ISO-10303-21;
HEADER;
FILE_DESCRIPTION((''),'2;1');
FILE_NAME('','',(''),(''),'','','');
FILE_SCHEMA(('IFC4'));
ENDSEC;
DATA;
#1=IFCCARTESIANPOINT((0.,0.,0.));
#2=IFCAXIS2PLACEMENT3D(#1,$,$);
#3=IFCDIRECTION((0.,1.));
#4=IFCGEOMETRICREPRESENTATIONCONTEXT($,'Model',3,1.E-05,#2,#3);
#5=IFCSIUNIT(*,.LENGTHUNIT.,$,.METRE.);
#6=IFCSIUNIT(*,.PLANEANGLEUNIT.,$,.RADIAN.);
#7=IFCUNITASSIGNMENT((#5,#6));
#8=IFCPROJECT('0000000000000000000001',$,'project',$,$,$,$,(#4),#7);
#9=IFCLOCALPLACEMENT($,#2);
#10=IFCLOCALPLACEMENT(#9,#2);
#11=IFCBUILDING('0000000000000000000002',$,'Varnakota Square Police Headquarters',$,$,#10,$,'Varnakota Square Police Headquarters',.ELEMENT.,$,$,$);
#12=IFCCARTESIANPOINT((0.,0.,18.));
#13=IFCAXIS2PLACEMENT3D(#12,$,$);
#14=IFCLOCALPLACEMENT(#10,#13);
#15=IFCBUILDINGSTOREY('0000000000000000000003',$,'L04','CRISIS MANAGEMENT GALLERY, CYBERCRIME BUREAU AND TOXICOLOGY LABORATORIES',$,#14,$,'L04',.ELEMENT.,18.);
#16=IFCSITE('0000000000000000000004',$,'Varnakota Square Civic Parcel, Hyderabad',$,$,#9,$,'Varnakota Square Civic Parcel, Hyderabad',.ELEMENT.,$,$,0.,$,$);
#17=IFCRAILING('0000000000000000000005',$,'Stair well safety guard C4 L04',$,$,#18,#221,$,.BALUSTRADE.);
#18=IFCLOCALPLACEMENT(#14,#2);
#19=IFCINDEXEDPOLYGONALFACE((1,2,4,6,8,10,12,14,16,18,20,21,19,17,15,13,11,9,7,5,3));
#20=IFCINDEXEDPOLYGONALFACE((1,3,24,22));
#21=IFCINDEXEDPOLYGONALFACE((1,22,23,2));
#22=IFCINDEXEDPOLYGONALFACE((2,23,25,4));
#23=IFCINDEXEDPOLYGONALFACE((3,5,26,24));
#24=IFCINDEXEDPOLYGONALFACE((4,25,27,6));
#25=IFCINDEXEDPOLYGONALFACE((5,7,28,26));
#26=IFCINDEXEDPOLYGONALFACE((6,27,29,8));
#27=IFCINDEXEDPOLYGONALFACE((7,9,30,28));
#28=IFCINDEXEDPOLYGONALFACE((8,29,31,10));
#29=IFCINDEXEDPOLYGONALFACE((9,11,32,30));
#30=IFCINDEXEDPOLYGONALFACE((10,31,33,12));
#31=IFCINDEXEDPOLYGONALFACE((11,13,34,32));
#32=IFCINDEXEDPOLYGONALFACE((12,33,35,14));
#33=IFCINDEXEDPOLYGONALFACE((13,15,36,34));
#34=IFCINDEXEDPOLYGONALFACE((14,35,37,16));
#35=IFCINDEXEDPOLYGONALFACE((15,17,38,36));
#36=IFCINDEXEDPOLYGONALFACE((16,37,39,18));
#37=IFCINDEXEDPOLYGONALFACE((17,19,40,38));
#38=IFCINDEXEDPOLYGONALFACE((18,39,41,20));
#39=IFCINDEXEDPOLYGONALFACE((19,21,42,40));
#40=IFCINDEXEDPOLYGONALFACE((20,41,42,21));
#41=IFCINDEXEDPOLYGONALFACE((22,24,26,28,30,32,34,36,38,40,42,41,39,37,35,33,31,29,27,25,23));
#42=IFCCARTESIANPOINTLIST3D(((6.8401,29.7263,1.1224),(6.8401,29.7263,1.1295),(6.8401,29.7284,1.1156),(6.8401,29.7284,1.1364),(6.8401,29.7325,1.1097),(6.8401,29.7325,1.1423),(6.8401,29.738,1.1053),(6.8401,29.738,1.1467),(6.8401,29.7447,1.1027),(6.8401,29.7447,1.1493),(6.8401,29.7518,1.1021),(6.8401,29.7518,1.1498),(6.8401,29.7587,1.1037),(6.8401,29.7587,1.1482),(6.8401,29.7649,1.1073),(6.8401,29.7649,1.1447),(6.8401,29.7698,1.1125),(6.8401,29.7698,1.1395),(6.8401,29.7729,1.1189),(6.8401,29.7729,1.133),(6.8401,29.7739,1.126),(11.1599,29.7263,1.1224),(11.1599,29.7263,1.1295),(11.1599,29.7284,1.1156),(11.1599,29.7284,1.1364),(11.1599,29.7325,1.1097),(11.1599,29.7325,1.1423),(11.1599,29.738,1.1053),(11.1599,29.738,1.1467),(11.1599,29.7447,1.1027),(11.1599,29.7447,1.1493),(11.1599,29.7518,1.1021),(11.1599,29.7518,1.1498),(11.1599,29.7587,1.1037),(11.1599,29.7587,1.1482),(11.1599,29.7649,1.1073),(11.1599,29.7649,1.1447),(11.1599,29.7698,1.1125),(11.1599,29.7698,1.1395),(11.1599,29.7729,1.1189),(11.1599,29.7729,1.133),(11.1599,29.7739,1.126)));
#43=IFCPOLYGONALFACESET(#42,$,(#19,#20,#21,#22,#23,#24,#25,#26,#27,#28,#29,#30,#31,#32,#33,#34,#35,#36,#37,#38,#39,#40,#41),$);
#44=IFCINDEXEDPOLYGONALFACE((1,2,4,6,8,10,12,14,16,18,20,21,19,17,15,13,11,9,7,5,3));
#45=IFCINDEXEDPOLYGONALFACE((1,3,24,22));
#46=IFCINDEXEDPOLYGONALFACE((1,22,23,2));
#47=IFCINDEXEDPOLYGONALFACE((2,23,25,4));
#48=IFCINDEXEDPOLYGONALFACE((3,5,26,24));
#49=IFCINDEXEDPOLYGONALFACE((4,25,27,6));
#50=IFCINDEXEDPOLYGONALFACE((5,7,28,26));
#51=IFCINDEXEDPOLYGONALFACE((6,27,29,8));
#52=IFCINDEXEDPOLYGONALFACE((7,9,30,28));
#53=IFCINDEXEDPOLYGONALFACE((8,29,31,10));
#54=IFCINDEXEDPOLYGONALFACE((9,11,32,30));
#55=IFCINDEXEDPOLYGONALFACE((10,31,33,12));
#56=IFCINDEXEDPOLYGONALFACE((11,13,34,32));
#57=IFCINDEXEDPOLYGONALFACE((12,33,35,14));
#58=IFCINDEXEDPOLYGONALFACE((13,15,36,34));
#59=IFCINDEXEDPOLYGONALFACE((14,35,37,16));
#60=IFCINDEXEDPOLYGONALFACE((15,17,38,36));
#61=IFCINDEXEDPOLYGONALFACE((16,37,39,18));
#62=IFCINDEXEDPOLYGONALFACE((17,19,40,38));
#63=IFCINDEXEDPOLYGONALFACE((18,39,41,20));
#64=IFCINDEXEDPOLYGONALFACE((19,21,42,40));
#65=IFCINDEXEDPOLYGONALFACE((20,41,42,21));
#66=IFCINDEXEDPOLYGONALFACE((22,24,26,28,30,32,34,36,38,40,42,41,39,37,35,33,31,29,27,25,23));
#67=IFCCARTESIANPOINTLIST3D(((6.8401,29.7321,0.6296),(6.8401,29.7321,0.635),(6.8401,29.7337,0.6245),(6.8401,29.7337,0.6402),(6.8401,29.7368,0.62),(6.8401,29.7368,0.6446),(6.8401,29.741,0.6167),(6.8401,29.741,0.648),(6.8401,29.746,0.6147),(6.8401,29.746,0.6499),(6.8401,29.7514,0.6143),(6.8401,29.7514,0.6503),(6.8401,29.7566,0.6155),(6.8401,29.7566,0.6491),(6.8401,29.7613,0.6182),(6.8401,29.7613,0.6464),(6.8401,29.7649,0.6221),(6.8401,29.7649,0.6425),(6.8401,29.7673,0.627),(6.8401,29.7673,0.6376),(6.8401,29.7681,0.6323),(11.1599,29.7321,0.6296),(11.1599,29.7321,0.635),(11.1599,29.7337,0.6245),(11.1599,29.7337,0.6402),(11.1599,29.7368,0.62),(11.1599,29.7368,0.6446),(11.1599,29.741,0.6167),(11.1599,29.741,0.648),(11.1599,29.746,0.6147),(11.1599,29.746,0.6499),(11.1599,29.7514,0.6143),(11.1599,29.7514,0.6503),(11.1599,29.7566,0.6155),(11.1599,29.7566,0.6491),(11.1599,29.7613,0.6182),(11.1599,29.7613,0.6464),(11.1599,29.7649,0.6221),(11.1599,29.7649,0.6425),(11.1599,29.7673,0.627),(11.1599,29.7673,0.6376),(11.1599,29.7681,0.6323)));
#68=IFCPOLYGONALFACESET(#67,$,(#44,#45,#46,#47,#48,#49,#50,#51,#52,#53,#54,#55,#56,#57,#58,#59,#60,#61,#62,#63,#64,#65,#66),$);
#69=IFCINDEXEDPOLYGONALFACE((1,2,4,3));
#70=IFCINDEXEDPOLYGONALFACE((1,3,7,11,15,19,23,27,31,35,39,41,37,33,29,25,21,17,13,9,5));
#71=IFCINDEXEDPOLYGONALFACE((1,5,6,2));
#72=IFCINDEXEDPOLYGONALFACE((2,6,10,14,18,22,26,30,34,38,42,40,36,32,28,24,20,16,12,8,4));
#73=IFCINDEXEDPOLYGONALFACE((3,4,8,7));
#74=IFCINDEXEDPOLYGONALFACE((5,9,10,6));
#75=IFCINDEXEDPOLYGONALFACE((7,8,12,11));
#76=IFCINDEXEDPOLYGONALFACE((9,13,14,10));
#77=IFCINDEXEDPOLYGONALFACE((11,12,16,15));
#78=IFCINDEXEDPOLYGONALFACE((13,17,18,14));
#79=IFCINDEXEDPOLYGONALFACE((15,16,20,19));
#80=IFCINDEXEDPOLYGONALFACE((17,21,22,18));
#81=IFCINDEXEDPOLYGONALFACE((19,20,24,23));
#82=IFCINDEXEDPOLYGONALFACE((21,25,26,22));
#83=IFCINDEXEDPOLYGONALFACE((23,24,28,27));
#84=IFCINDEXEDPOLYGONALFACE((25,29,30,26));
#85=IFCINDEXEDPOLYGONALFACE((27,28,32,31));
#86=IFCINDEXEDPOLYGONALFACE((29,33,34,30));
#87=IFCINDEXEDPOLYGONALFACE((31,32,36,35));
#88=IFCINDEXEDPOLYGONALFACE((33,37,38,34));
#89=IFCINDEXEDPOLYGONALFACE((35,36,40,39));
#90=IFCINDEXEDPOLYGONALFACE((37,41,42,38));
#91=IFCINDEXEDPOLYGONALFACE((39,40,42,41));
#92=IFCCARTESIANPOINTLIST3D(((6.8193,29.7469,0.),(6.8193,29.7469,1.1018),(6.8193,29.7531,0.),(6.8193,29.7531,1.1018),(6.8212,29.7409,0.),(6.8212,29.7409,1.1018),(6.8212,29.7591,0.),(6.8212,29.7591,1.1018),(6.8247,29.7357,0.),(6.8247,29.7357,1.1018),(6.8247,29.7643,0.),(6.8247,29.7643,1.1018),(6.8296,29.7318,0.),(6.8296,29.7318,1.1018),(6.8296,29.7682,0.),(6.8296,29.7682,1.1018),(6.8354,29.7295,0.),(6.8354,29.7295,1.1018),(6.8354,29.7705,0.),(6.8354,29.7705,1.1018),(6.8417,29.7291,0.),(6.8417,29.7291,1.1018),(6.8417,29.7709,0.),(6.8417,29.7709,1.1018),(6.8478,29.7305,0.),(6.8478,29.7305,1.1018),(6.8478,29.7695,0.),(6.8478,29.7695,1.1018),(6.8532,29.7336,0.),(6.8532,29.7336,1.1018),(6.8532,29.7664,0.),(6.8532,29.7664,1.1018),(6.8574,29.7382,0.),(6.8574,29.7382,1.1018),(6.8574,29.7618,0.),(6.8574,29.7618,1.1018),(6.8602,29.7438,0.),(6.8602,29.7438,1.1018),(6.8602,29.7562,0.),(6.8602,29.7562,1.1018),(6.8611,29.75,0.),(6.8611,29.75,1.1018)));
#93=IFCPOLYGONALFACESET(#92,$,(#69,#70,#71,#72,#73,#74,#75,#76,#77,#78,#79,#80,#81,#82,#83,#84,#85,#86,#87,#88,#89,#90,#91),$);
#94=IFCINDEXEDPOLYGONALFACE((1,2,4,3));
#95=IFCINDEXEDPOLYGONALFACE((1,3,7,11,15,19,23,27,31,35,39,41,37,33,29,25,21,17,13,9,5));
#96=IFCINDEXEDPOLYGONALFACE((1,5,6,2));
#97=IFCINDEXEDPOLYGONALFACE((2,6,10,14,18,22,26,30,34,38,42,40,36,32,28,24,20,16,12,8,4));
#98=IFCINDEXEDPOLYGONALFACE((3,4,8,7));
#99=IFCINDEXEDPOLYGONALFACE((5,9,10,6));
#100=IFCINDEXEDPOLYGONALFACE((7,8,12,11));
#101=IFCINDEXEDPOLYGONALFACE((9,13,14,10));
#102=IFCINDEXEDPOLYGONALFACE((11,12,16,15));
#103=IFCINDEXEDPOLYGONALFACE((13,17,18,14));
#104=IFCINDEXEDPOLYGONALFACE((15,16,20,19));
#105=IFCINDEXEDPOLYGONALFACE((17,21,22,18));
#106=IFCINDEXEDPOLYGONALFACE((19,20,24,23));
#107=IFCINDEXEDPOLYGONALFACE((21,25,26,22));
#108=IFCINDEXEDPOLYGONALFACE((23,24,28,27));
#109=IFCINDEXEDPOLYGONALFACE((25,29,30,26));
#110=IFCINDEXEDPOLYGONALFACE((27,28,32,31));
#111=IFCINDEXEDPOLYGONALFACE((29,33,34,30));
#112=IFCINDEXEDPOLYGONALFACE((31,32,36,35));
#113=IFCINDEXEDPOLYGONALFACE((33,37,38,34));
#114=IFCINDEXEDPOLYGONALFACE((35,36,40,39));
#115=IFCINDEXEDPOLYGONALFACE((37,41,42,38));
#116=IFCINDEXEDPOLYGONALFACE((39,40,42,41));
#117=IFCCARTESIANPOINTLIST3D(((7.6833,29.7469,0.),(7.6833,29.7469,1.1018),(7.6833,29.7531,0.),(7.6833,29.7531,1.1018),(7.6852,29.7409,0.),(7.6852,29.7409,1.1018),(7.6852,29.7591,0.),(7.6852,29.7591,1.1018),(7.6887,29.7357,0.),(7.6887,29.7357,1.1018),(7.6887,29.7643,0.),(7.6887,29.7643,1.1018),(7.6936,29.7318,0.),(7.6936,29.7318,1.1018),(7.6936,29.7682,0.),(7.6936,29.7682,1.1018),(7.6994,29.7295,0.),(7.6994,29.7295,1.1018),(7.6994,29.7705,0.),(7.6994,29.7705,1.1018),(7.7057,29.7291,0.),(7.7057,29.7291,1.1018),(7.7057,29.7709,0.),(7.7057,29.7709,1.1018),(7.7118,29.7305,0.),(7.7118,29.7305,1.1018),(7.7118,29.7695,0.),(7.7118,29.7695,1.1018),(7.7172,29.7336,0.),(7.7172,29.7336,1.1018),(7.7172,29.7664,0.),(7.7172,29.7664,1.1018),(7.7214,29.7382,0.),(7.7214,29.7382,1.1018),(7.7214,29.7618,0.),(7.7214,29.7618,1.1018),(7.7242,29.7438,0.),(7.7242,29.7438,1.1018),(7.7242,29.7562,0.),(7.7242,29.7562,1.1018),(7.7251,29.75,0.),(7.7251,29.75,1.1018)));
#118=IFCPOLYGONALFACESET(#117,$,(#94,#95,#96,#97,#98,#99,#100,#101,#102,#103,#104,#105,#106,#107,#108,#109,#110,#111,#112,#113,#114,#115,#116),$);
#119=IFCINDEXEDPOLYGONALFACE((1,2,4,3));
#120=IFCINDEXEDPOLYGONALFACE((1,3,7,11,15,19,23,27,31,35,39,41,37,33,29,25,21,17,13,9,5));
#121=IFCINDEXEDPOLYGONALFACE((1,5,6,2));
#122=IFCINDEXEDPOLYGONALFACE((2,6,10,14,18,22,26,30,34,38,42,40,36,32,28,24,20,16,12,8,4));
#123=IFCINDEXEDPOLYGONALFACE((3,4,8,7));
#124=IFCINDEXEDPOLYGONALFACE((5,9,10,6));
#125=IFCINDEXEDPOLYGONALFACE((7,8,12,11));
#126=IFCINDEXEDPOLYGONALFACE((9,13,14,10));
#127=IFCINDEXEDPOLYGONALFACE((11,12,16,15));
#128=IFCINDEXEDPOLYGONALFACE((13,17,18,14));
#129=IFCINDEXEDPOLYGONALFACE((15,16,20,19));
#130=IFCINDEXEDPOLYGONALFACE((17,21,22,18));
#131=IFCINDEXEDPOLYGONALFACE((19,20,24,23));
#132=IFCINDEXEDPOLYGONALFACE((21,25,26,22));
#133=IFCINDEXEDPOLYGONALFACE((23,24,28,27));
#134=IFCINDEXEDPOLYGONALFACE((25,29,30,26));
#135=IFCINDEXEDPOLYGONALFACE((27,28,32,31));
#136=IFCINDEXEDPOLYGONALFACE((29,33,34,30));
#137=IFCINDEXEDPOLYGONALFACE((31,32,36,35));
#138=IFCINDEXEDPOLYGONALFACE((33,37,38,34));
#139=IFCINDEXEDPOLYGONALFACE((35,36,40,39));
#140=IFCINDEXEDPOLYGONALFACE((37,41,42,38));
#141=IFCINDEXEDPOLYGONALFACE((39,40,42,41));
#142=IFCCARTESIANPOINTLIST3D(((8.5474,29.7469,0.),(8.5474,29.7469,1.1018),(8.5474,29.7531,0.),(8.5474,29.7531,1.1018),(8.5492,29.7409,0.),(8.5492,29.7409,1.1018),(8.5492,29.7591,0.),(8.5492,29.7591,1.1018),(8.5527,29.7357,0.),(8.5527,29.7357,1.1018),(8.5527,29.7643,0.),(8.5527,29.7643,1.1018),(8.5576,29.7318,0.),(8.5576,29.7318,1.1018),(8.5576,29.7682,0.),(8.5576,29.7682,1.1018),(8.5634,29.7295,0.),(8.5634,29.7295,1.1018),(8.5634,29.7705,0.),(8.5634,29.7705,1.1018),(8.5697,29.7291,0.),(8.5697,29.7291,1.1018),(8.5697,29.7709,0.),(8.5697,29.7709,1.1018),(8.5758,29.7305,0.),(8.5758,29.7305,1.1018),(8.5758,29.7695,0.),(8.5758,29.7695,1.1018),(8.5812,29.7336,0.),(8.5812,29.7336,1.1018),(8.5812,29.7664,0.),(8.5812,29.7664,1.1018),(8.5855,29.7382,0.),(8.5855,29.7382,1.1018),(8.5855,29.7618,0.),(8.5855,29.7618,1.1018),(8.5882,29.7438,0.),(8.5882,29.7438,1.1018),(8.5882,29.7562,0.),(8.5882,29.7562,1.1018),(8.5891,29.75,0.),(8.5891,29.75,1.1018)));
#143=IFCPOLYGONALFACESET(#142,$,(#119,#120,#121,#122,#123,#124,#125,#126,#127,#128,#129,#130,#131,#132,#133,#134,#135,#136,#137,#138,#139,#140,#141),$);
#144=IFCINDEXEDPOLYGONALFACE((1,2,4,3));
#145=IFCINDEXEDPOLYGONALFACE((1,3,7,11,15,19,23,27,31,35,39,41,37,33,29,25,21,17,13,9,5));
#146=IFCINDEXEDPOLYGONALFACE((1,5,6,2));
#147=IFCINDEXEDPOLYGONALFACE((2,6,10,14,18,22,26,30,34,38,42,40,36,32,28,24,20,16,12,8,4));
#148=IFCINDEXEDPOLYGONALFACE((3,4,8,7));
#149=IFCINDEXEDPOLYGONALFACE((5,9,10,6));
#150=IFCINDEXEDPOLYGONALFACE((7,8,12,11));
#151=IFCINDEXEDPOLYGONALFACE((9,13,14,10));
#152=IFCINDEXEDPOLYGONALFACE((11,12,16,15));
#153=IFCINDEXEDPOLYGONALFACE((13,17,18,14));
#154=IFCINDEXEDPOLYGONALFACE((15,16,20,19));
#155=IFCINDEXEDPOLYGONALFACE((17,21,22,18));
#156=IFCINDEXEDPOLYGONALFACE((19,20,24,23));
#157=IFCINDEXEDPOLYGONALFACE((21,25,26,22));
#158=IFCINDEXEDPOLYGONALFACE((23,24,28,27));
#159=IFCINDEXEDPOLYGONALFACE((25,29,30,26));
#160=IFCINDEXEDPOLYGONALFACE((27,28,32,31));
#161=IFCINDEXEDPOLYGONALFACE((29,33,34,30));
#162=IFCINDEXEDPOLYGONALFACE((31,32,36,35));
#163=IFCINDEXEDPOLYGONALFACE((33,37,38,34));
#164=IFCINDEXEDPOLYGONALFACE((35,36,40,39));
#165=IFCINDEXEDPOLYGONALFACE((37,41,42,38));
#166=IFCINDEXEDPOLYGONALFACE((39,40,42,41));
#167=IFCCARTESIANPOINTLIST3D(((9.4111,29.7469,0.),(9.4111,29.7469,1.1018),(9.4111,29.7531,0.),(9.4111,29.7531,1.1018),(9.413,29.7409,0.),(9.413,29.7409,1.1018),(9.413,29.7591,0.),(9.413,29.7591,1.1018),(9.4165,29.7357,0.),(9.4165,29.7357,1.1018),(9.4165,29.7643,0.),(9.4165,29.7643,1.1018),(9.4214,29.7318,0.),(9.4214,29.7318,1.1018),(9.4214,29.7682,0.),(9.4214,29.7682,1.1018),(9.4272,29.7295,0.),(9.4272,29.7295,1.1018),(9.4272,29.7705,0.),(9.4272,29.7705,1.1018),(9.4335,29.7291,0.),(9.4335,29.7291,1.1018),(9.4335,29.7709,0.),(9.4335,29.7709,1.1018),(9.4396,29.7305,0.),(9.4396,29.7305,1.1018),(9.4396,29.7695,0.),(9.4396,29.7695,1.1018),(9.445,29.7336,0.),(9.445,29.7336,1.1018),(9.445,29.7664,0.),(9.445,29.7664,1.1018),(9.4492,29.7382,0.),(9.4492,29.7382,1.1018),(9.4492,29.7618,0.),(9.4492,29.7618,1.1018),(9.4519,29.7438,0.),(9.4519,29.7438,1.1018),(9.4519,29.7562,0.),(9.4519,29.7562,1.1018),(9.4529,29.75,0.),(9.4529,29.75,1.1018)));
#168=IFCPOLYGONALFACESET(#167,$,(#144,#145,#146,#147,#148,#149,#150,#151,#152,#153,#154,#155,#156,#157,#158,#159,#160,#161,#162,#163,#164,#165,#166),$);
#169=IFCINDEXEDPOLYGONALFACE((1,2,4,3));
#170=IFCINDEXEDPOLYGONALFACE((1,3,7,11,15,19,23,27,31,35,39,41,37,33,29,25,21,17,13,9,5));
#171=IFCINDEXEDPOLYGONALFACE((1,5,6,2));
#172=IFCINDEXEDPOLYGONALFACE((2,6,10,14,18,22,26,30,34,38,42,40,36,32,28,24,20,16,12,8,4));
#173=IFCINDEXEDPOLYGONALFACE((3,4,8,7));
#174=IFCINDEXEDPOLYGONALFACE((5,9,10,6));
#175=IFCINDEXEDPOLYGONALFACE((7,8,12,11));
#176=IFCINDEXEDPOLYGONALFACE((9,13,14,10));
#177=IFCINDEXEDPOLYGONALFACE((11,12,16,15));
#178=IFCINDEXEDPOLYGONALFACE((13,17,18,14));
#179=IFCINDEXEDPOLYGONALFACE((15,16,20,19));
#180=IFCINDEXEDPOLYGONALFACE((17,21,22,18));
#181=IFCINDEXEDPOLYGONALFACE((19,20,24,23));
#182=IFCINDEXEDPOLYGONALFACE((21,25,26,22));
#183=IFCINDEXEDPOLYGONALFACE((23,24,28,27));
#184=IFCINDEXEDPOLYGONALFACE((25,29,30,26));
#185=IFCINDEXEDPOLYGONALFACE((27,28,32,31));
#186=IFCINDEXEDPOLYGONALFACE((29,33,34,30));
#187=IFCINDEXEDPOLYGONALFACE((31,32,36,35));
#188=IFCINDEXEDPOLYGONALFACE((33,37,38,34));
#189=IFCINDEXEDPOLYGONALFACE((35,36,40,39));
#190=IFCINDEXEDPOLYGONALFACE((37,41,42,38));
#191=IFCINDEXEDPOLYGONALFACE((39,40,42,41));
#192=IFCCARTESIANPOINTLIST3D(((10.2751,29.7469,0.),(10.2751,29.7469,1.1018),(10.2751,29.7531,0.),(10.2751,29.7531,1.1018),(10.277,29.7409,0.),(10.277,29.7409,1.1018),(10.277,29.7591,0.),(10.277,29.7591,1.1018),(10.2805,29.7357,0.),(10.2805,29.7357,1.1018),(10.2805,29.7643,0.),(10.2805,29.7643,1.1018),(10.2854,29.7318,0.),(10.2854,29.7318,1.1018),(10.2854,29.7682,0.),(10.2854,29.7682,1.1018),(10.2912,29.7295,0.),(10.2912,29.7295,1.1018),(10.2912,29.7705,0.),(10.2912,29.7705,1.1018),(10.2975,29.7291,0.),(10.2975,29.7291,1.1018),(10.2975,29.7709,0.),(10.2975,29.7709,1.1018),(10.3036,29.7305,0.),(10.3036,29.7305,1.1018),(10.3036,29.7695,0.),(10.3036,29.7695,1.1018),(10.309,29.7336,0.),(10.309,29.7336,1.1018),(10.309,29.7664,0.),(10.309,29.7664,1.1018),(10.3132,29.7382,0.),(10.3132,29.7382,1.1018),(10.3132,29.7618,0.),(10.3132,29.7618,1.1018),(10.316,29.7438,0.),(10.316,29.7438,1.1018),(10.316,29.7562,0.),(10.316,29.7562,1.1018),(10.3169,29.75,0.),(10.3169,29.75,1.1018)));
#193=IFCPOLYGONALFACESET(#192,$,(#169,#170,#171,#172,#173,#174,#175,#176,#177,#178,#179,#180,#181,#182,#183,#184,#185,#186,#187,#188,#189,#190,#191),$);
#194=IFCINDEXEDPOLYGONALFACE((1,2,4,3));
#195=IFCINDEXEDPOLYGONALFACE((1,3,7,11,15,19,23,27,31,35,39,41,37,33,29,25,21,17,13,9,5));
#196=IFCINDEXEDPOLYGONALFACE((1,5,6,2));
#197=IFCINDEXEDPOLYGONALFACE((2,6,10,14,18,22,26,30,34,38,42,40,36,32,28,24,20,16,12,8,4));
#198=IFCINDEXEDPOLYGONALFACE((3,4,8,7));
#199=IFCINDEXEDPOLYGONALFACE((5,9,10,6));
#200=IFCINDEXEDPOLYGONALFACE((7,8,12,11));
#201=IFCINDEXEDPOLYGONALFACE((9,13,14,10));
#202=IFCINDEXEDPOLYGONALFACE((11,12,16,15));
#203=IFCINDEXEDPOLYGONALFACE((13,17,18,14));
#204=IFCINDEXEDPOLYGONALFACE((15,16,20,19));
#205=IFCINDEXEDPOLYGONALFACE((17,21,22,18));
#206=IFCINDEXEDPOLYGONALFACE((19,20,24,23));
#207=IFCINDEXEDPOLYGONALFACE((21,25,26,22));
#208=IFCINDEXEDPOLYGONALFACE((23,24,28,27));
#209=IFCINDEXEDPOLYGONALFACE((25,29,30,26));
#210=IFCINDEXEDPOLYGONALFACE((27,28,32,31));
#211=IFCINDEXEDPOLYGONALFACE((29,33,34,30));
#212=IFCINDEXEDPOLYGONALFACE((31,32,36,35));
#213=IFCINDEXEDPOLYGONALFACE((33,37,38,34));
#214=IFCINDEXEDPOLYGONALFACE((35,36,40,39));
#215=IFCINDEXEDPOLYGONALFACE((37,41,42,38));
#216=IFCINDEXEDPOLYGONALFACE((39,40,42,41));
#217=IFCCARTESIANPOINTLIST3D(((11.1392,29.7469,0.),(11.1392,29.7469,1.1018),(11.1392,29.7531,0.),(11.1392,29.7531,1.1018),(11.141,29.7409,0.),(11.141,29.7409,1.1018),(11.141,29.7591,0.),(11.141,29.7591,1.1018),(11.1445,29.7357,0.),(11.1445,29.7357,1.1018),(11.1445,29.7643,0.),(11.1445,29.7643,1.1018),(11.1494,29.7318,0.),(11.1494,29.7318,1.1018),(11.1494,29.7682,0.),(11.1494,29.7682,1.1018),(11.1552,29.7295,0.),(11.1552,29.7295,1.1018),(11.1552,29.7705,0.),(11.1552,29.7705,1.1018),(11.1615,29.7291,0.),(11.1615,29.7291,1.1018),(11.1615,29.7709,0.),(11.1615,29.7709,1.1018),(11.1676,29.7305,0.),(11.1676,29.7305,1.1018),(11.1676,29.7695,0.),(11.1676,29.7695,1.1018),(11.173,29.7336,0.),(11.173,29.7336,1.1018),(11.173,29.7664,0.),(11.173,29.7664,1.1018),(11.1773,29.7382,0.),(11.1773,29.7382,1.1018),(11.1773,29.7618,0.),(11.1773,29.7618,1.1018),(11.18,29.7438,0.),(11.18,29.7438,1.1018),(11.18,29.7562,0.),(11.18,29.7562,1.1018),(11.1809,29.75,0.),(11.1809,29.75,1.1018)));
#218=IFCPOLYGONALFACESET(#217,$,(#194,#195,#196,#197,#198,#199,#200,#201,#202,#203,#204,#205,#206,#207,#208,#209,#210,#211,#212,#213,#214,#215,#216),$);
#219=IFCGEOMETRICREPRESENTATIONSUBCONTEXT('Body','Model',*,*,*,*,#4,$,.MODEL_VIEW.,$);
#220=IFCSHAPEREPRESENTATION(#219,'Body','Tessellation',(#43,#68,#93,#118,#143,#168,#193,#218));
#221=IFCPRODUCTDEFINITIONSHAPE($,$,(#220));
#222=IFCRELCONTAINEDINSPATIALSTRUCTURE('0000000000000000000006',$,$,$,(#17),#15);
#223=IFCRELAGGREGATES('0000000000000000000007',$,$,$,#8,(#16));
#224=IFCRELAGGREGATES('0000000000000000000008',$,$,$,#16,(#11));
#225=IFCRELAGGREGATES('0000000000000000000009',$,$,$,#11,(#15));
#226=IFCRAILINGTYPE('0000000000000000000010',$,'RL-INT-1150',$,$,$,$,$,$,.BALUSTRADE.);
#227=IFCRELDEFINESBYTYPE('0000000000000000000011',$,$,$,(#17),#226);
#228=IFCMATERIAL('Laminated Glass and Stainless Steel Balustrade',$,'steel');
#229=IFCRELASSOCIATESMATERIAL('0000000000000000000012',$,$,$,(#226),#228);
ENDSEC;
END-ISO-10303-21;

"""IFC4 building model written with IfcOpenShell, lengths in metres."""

from ifc_helpers import new_model, si_unit, direction, frame, origin, origin_2d, place, context, subcontext, project, spatial, circle, extrude, material, type_object, element, save


model = new_model("IFC4")

# Units and contexts
model_context = context("Model", 3, precision=1e-05, world=origin(), true_north=direction((0.0, 1.0)))
body_context = subcontext(model_context, "Body", "Model", "MODEL_VIEW")
ifc_project = project(units=[si_unit("LENGTHUNIT", "METRE"), si_unit("PLANEANGLEUNIT", "RADIAN")], contexts=[model_context])

# Site, building, storey
site_placement = place(None, origin())
site = spatial("IfcSite", under=ifc_project, at=site_placement, Name="Varnakota Square Civic Parcel, Hyderabad", LongName="Varnakota Square Civic Parcel, Hyderabad", CompositionType="ELEMENT", RefElevation=0.0)
building_placement = place(site_placement, origin())
building = spatial("IfcBuilding", under=site, at=building_placement, Name="Varnakota Square Police Headquarters", LongName="Varnakota Square Police Headquarters", CompositionType="ELEMENT")
storey_placement = place(building_placement, frame((0.0, 0.0, 18.0)))
storey = spatial("IfcBuildingStorey", under=building, at=storey_placement, Name="L04", Description="CRISIS MANAGEMENT GALLERY, CYBERCRIME BUREAU AND TOXICOLOGY LABORATORIES", LongName="L04", CompositionType="ELEMENT", Elevation=18.0)

# Railing
ifc_material_1 = material(Name="Laminated Glass and Stainless Steel Balustrade", Category="steel")
railing_type_1 = type_object("IfcRailingType", Name="RL-INT-1150", PredefinedType="BALUSTRADE", material=ifc_material_1)
railing_1_placement = place(storey_placement, frame((6.8401, 29.75, 0.0)))
element("IfcRailing", 1, at=railing_1_placement, inside=storey, type_object=railing_type_1, Name="Stair well safety guard C4 L04", PredefinedType="BALUSTRADE", context=body_context, shape_type="SweptSolid", body=[
    extrude(circle(Radius=0.0239, at=origin_2d()), frame((0.0, 0.0, 1.126), z_axis=(1.0, 0.0, 0.0), x_axis=(0.0, 1.0, 0.0)), (0.0, 0.0, 1.0), 4.3198),
    extrude(circle(Radius=0.0181, at=origin_2d()), frame((0.0, 0.0, 0.6323), z_axis=(1.0, 0.0, 0.0), x_axis=(0.0, 1.0, 0.0)), (0.0, 0.0, 1.0), 4.3198),
    extrude(circle(Radius=0.021, at=origin_2d()), origin(), (0.0, 0.0, 1.0), 1.1018),
    extrude(circle(Radius=0.021, at=origin_2d()), frame((0.864, 0.0, 0.0)), (0.0, 0.0, 1.0), 1.1018),
    extrude(circle(Radius=0.021, at=origin_2d()), frame((1.728, 0.0, 0.0)), (0.0, 0.0, 1.0), 1.1018),
    extrude(circle(Radius=0.021, at=origin_2d()), frame((2.5918, 0.0, 0.0)), (0.0, 0.0, 1.0), 1.1018),
    extrude(circle(Radius=0.021, at=origin_2d()), frame((3.4558, 0.0, 0.0)), (0.0, 0.0, 1.0), 1.1018),
    extrude(circle(Radius=0.021, at=origin_2d()), frame((4.3198, 0.0, 0.0)), (0.0, 0.0, 1.0), 1.1018),
])

save(model, "model.ifc")
